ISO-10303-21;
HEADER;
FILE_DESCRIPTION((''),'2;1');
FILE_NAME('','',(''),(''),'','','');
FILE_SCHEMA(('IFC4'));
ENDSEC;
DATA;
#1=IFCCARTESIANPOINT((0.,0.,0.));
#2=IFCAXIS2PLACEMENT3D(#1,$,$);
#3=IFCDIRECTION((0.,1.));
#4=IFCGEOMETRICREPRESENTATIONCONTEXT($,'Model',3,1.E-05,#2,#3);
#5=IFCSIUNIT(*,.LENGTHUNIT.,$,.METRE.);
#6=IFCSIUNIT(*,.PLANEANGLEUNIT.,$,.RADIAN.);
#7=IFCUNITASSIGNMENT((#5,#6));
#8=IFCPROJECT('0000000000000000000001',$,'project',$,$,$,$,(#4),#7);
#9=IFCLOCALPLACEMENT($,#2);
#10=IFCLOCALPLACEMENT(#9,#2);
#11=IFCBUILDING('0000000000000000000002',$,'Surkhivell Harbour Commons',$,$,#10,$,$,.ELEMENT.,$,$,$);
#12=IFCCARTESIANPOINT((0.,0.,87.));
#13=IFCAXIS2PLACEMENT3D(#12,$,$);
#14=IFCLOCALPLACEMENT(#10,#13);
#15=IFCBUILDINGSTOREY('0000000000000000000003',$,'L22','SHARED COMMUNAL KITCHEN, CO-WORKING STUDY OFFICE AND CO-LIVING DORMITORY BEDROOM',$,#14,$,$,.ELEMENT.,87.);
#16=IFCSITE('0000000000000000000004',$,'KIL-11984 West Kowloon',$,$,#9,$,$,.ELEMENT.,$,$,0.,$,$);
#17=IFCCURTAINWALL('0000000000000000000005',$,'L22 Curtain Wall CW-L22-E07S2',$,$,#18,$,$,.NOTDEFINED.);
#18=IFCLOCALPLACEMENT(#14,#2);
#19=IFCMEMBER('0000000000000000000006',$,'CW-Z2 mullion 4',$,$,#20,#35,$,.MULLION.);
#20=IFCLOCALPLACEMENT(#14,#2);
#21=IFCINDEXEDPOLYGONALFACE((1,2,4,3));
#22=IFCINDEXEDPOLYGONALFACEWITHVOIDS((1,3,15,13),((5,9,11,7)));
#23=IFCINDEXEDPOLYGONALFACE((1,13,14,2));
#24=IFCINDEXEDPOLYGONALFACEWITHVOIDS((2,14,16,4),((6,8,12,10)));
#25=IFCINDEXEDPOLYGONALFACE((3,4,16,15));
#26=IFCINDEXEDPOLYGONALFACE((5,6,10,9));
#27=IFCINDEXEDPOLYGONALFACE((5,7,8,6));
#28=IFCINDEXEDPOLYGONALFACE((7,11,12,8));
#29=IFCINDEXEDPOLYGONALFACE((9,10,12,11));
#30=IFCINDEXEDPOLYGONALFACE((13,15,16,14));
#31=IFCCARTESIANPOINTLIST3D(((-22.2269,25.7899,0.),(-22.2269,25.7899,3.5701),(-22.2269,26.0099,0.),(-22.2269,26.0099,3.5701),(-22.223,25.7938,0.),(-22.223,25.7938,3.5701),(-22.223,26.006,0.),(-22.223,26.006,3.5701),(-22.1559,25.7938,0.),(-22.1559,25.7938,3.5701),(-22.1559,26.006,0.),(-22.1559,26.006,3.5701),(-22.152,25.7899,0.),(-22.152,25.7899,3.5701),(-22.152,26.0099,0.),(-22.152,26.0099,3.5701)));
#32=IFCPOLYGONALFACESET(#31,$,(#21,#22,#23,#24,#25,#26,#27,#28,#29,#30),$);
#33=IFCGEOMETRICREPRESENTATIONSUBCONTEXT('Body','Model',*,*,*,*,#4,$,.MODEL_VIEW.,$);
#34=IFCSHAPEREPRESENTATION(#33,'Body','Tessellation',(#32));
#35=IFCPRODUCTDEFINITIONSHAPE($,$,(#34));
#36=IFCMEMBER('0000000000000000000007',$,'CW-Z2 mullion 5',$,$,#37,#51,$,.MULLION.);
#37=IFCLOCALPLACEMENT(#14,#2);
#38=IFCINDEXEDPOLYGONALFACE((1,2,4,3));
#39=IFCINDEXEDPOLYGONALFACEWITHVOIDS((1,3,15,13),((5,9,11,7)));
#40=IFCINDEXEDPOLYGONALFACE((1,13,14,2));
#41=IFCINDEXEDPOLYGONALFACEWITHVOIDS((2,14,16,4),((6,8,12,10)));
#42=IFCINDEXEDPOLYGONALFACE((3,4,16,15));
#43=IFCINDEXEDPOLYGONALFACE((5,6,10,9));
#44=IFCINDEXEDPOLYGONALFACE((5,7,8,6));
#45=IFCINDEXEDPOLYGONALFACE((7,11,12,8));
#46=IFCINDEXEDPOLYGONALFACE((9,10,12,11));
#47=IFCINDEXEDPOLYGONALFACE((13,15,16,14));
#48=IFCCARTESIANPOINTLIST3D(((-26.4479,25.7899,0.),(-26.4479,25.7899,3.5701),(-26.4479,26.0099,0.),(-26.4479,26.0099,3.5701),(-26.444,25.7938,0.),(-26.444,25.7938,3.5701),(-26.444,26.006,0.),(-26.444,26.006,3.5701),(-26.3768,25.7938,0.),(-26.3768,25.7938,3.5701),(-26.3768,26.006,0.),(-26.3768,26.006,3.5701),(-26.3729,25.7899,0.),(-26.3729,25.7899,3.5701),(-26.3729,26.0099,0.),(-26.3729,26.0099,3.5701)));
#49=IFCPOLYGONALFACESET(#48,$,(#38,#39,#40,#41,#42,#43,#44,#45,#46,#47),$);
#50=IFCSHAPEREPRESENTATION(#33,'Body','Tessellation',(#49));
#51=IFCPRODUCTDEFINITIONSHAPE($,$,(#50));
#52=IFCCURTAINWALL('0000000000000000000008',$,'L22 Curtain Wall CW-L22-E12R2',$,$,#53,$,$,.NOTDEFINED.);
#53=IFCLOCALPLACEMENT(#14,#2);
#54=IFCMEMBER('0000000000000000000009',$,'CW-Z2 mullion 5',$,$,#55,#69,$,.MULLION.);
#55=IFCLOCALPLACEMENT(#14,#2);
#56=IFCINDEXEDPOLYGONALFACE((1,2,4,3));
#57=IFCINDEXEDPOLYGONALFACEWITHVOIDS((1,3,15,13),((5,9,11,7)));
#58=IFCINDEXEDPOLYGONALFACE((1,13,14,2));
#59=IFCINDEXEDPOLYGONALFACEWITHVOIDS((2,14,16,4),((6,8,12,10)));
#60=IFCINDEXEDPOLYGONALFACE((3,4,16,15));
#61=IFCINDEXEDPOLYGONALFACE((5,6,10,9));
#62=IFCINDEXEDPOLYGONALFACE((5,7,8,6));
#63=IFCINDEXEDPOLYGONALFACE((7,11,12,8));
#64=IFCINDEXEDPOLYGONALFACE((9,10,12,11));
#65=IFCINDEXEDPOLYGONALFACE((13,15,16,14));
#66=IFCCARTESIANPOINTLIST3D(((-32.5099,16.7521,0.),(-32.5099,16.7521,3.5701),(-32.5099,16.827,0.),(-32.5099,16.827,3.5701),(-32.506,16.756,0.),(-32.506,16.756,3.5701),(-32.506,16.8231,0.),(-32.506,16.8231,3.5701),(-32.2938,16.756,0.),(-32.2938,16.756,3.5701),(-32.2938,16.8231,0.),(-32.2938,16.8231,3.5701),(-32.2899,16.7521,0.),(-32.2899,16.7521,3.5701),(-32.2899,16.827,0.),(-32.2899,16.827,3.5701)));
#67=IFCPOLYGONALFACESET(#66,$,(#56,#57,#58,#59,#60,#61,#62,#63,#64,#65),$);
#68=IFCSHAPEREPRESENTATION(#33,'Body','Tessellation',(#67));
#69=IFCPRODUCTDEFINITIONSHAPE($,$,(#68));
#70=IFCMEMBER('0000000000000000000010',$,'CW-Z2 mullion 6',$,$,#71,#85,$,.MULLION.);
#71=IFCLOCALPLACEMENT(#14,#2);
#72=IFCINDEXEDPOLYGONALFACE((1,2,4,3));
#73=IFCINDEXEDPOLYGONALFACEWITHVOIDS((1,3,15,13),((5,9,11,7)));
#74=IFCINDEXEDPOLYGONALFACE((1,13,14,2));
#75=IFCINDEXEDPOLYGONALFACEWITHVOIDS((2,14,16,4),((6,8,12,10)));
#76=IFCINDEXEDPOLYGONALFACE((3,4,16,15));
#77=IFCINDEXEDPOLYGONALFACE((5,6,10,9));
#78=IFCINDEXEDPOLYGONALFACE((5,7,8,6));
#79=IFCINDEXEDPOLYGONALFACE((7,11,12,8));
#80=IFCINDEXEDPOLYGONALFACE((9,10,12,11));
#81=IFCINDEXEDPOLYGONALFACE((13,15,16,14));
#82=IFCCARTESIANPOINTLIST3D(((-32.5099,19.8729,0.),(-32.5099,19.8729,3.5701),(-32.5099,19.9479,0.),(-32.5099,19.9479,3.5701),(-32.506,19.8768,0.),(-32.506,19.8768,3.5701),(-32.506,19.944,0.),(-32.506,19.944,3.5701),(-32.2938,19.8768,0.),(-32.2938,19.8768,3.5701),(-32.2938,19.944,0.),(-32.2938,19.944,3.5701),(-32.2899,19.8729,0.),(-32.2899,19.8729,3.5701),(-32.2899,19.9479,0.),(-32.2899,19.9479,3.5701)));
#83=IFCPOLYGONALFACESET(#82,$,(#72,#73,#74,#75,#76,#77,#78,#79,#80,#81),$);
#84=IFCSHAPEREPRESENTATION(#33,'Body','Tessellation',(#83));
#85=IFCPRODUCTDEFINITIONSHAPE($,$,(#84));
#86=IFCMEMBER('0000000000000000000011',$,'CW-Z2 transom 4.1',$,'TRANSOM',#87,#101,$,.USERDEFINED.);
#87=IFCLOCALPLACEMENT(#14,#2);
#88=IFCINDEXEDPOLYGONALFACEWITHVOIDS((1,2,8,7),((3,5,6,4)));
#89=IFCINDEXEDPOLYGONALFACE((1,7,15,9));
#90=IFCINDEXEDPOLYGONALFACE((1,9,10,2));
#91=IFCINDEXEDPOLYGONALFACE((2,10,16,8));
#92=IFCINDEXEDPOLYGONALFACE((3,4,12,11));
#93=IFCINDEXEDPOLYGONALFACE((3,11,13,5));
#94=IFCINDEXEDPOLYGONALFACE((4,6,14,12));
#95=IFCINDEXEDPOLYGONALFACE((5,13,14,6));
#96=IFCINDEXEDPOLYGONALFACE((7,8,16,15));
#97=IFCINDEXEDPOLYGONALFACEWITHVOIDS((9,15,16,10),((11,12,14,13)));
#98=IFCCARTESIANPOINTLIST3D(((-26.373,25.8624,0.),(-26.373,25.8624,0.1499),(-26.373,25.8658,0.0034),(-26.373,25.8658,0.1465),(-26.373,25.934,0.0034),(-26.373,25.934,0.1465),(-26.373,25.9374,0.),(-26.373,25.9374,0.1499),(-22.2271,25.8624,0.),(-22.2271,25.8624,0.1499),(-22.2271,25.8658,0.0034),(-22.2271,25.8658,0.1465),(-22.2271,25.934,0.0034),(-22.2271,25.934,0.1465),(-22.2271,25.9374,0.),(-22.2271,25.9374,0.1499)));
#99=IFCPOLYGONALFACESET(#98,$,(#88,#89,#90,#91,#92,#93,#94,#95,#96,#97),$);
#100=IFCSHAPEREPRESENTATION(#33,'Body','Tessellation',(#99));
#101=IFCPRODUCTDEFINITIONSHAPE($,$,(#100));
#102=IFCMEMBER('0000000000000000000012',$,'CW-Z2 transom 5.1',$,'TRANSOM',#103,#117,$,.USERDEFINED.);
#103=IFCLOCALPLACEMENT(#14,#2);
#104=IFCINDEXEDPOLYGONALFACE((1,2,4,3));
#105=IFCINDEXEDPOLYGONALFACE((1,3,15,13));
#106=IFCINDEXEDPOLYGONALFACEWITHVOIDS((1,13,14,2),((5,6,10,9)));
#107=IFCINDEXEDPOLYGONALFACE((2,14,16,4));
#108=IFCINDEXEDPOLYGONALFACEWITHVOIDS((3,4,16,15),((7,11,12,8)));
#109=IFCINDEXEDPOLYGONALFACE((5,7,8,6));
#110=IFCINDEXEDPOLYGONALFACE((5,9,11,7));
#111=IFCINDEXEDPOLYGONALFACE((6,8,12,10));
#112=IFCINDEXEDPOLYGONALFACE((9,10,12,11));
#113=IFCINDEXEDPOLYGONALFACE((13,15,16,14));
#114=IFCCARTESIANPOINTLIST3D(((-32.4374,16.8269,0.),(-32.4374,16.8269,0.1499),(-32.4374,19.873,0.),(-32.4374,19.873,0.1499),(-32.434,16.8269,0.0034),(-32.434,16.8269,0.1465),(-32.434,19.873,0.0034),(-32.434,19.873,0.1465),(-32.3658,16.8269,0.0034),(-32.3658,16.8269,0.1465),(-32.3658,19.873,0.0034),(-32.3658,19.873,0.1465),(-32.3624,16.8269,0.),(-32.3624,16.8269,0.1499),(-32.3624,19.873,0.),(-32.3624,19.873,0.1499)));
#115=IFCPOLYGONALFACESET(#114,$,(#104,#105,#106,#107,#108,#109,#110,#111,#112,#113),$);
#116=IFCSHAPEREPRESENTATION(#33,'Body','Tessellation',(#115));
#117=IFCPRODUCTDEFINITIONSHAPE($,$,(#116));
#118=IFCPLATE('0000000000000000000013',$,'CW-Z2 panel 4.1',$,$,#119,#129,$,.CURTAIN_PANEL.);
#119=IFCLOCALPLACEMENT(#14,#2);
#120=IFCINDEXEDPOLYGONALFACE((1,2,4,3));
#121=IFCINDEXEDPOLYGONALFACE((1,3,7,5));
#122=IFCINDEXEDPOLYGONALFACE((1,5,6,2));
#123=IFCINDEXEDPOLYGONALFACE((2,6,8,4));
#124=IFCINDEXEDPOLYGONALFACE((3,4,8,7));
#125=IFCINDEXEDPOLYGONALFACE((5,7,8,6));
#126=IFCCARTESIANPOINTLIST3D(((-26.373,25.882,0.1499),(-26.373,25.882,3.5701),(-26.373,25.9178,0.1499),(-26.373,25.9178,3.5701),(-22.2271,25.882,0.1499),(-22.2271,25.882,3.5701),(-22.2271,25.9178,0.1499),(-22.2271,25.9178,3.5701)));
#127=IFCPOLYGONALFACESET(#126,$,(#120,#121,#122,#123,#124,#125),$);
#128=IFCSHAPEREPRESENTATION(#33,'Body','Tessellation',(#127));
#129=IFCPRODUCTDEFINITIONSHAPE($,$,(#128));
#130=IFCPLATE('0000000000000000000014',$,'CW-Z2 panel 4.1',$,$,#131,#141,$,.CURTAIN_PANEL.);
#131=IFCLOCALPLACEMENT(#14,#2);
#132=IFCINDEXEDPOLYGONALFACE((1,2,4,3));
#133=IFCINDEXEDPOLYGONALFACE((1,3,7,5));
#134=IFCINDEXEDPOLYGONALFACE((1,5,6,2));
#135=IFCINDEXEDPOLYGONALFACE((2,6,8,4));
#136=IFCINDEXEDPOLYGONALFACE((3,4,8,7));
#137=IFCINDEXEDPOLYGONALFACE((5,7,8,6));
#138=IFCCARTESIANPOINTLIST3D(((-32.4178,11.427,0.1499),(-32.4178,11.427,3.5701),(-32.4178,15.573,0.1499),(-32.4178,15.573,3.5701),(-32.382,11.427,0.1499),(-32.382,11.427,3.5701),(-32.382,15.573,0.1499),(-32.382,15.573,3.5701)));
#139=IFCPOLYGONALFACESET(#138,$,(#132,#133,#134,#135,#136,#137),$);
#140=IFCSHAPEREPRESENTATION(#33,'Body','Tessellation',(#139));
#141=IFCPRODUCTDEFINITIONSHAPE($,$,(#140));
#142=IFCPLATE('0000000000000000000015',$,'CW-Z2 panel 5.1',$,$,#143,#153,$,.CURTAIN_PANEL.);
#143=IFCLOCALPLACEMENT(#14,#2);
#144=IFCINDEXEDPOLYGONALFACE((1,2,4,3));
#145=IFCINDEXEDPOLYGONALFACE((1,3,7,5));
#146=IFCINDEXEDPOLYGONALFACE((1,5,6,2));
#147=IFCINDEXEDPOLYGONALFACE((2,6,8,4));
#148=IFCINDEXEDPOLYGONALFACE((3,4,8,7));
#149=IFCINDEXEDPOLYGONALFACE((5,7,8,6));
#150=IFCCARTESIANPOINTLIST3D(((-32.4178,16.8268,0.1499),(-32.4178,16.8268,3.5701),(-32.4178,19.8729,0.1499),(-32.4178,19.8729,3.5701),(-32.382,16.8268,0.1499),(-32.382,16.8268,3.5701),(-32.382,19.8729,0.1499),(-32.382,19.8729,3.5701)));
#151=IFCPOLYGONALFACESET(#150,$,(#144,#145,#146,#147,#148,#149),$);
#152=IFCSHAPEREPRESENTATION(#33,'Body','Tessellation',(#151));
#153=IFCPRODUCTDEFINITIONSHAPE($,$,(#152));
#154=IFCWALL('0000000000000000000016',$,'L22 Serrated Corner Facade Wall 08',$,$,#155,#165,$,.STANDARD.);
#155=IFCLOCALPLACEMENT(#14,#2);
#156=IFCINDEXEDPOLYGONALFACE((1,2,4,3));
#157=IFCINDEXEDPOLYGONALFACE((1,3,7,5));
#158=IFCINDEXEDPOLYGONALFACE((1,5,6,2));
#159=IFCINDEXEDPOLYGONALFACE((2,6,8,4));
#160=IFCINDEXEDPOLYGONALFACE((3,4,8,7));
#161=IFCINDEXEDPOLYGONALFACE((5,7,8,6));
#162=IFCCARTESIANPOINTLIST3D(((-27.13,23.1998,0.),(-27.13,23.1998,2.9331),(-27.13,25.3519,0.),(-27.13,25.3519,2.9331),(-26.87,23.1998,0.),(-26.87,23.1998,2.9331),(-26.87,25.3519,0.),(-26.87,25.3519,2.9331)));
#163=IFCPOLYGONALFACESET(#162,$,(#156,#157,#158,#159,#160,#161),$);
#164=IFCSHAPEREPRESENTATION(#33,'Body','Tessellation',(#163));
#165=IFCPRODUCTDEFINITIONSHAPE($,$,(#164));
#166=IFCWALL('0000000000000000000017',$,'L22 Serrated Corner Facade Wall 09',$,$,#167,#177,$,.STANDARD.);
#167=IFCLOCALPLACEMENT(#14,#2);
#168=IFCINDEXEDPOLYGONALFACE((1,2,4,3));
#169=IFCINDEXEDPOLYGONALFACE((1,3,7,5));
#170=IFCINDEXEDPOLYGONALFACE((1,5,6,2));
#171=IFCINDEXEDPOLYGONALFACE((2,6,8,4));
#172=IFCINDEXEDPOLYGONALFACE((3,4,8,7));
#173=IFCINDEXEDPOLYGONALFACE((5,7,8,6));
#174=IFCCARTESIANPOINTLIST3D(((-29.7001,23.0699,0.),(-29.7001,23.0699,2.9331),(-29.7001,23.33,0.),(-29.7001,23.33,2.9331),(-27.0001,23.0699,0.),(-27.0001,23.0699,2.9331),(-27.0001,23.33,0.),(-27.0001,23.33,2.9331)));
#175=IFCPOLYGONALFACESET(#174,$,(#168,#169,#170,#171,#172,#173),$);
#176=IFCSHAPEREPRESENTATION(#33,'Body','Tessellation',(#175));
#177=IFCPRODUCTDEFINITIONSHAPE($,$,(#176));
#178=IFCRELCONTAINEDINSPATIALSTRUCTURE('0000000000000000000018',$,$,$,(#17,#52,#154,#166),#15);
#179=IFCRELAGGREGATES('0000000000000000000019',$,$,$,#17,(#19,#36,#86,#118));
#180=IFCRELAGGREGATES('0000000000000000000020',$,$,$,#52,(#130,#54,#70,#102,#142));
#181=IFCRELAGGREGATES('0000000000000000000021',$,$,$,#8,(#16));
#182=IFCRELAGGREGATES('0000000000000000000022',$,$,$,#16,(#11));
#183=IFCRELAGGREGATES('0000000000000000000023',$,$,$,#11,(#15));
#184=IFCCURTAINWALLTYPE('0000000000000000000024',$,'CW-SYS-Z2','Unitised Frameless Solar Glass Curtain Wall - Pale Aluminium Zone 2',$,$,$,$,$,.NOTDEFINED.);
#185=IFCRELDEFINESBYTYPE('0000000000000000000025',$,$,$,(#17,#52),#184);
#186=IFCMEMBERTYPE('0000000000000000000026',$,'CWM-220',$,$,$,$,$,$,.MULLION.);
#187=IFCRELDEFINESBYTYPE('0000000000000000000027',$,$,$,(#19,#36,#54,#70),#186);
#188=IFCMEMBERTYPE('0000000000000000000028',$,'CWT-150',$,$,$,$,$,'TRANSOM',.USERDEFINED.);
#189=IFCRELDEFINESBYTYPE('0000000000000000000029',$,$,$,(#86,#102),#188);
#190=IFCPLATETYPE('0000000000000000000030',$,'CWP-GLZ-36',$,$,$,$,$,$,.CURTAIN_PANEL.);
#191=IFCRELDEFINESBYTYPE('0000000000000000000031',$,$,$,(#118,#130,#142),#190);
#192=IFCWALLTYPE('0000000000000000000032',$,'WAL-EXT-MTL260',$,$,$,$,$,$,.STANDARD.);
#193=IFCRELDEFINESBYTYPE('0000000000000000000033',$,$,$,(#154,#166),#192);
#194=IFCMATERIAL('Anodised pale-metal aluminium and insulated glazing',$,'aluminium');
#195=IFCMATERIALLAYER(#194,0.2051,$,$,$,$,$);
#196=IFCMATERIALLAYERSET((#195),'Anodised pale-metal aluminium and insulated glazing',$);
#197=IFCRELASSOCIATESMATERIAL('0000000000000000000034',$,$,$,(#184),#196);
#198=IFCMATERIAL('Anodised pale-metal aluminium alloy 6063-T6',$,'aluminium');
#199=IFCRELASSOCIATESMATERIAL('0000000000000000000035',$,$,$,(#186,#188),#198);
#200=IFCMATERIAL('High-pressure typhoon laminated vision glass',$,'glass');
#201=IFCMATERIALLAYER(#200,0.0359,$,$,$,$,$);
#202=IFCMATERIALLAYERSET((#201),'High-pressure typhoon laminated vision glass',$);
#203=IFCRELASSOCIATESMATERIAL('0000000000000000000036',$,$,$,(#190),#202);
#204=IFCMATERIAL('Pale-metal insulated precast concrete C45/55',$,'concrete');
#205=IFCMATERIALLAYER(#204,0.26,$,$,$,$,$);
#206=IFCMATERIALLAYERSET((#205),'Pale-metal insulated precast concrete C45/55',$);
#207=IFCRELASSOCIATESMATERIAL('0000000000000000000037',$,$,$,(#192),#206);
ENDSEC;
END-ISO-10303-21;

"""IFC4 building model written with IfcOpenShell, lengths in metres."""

from ifc_helpers import new_model, si_unit, direction, frame, frame_2d, origin, origin_2d, place, context, subcontext, project, spatial, rectangle, hollow_rectangle, extrude, material, layer, layer_set, material_profile, profile_set, type_object, element, aggregate, save


model = new_model("IFC4")

# Units and contexts
model_context = context("Model", 3, precision=1e-05, world=origin(), true_north=direction((0.0, 1.0)))
body_context = subcontext(model_context, "Body", "Model", "MODEL_VIEW")
ifc_project = project(units=[si_unit("LENGTHUNIT", "METRE"), si_unit("PLANEANGLEUNIT", "RADIAN")], contexts=[model_context])

# Site, building, storey
site_placement = place(None, origin())
site = spatial("IfcSite", under=ifc_project, at=site_placement, Name="KIL-11984 West Kowloon", CompositionType="ELEMENT", RefElevation=0.0)
building_placement = place(site_placement, origin())
building = spatial("IfcBuilding", under=site, at=building_placement, Name="Surkhivell Harbour Commons", CompositionType="ELEMENT")
storey_placement = place(building_placement, frame((0.0, 0.0, 87.0)))
storey = spatial("IfcBuildingStorey", under=building, at=storey_placement, Name="L22", Description="SHARED COMMUNAL KITCHEN, CO-WORKING STUDY OFFICE AND CO-LIVING DORMITORY BEDROOM", CompositionType="ELEMENT", Elevation=87.0)

# Curtain walls, members
ifc_material_1 = material(Name="Anodised pale-metal aluminium and insulated glazing", Category="aluminium")
ifc_layer_1 = layer(ifc_material_1, 0.2051)
ifc_layer_set_1 = layer_set([ifc_layer_1], Name="Anodised pale-metal aluminium and insulated glazing")
curtain_wall_type = type_object("IfcCurtainWallType", Name="CW-SYS-Z2", Description="Unitised Frameless Solar Glass Curtain Wall - Pale Aluminium Zone 2", PredefinedType="NOTDEFINED", material=ifc_layer_set_1)
curtain_wall_1_placement = place(storey_placement, origin())
curtain_wall_1 = element("IfcCurtainWall", 1, at=curtain_wall_1_placement, inside=storey, type_object=curtain_wall_type, Name="L22 Curtain Wall CW-L22-E07S2", PredefinedType="NOTDEFINED")
ifc_material_2 = material(Name="Anodised pale-metal aluminium alloy 6063-T6", Category="aluminium")
ifc_material_profile_1 = material_profile(ifc_material_2, hollow_rectangle(XDim=0.075, YDim=0.22, WallThickness=0.0039, at=origin_2d()), Name="ALU-MULL-75x220")
ifc_profile_set_1 = profile_set([ifc_material_profile_1], Name="Anodised pale-metal aluminium alloy 6063-T6")
member_type_1 = type_object("IfcMemberType", Name="CWM-220", PredefinedType="MULLION", material=ifc_profile_set_1)
member_1_placement = place(storey_placement, frame((-22.1895, 25.8999, 0.0), z_axis=(0.0, 0.0, 1.0), x_axis=(-1.0, 0.0, 0.0)))
member_1 = element("IfcMember", 2, at=member_1_placement, type_object=member_type_1, Name="CW-Z2 mullion 4", PredefinedType="MULLION", context=body_context, shape_type="SweptSolid", body=[
    extrude(hollow_rectangle(XDim=0.075, YDim=0.22, WallThickness=0.0039, at=origin_2d()), origin(), (0.0, 0.0, 1.0), 3.5701),
])
member_2_placement = place(storey_placement, frame((-26.4104, 25.8999, 0.0), z_axis=(0.0, 0.0, 1.0), x_axis=(-1.0, 0.0, 0.0)))
member_2 = element("IfcMember", 3, at=member_2_placement, type_object=member_type_1, Name="CW-Z2 mullion 5", PredefinedType="MULLION", context=body_context, shape_type="SweptSolid", body=[
    extrude(hollow_rectangle(XDim=0.075, YDim=0.22, WallThickness=0.0039, at=origin_2d()), origin(), (0.0, 0.0, 1.0), 3.5701),
])
curtain_wall_2_placement = place(storey_placement, origin())
curtain_wall_2 = element("IfcCurtainWall", 4, at=curtain_wall_2_placement, inside=storey, type_object=curtain_wall_type, Name="L22 Curtain Wall CW-L22-E12R2", PredefinedType="NOTDEFINED")
member_3_placement = place(storey_placement, frame((-32.3999, 16.7896, 0.0), z_axis=(0.0, 0.0, 1.0), x_axis=(0.0, 1.0, 0.0)))
member_3 = element("IfcMember", 5, at=member_3_placement, type_object=member_type_1, Name="CW-Z2 mullion 5", PredefinedType="MULLION", context=body_context, shape_type="SweptSolid", body=[
    extrude(hollow_rectangle(XDim=0.075, YDim=0.22, WallThickness=0.0039, at=origin_2d()), origin(), (0.0, 0.0, 1.0), 3.5701),
])
member_4_placement = place(storey_placement, frame((-32.3999, 19.9104, 0.0), z_axis=(0.0, 0.0, 1.0), x_axis=(0.0, 1.0, 0.0)))
member_4 = element("IfcMember", 6, at=member_4_placement, type_object=member_type_1, Name="CW-Z2 mullion 6", PredefinedType="MULLION", context=body_context, shape_type="SweptSolid", body=[
    extrude(hollow_rectangle(XDim=0.075, YDim=0.22, WallThickness=0.0039, at=origin_2d()), origin(), (0.0, 0.0, 1.0), 3.5701),
])

# Members
ifc_material_profile_2 = material_profile(ifc_material_2, hollow_rectangle(XDim=0.075, YDim=0.1499, WallThickness=0.0034, at=origin_2d()), Name="ALU-TRAN-75x150")
ifc_profile_set_2 = profile_set([ifc_material_profile_2], Name="Anodised pale-metal aluminium alloy 6063-T6")
member_type_2 = type_object("IfcMemberType", Name="CWT-150", ElementType="TRANSOM", PredefinedType="USERDEFINED", material=ifc_profile_set_2)
member_5_placement = place(storey_placement, frame((-22.2271, 25.8999, 0.075), z_axis=(-1.0, 0.0, 0.0), x_axis=(0.0, -1.0, 0.0)))
member_5 = element("IfcMember", 7, at=member_5_placement, type_object=member_type_2, Name="CW-Z2 transom 4.1", ObjectType="TRANSOM", PredefinedType="USERDEFINED", context=body_context, shape_type="SweptSolid", body=[
    extrude(hollow_rectangle(XDim=0.075, YDim=0.1499, WallThickness=0.0034, at=origin_2d()), origin(), (0.0, 0.0, 1.0), 4.146),
])
member_6_placement = place(storey_placement, frame((-32.3999, 16.8269, 0.075), z_axis=(0.0, 1.0, 0.0), x_axis=(-1.0, 0.0, 0.0)))
member_6 = element("IfcMember", 8, at=member_6_placement, type_object=member_type_2, Name="CW-Z2 transom 5.1", ObjectType="TRANSOM", PredefinedType="USERDEFINED", context=body_context, shape_type="SweptSolid", body=[
    extrude(hollow_rectangle(XDim=0.075, YDim=0.1499, WallThickness=0.0034, at=origin_2d()), origin(), (0.0, 0.0, 1.0), 3.0461),
])

# Plates
ifc_material_3 = material(Name="High-pressure typhoon laminated vision glass", Category="glass")
ifc_layer_2 = layer(ifc_material_3, 0.0359)
ifc_layer_set_2 = layer_set([ifc_layer_2], Name="High-pressure typhoon laminated vision glass")
plate_type = type_object("IfcPlateType", Name="CWP-GLZ-36", PredefinedType="CURTAIN_PANEL", material=ifc_layer_set_2)
plate_1_placement = place(storey_placement, frame((-22.2271, 25.8999, 0.1499), z_axis=(0.0, 0.0, 1.0), x_axis=(-1.0, 0.0, 0.0)))
plate_1 = element("IfcPlate", 9, at=plate_1_placement, type_object=plate_type, Name="CW-Z2 panel 4.1", PredefinedType="CURTAIN_PANEL", context=body_context, shape_type="SweptSolid", body=[
    extrude(rectangle(XDim=4.146, YDim=0.0359, at=frame_2d((2.073, 0.0))), origin(), (0.0, 0.0, 1.0), 3.4202),
])
aggregate(curtain_wall_1, [member_1, member_2, member_5, plate_1])
plate_2_placement = place(storey_placement, frame((-32.3999, 11.427, 0.1499), z_axis=(0.0, 0.0, 1.0), x_axis=(0.0, 1.0, 0.0)))
plate_2 = element("IfcPlate", 10, at=plate_2_placement, type_object=plate_type, Name="CW-Z2 panel 4.1", PredefinedType="CURTAIN_PANEL", context=body_context, shape_type="SweptSolid", body=[
    extrude(rectangle(XDim=4.146, YDim=0.0359, at=frame_2d((2.073, 0.0))), origin(), (0.0, 0.0, 1.0), 3.4202),
])
plate_3_placement = place(storey_placement, frame((-32.3999, 16.8269, 0.1499), z_axis=(0.0, 0.0, 1.0), x_axis=(0.0, 1.0, 0.0)))
plate_3 = element("IfcPlate", 11, at=plate_3_placement, type_object=plate_type, Name="CW-Z2 panel 5.1", PredefinedType="CURTAIN_PANEL", context=body_context, shape_type="SweptSolid", body=[
    extrude(rectangle(XDim=3.0461, YDim=0.0359, at=frame_2d((1.5229, 0.0))), origin(), (0.0, 0.0, 1.0), 3.4202),
])
aggregate(curtain_wall_2, [plate_2, member_3, member_4, member_6, plate_3])

# Walls
ifc_material_4 = material(Name="Pale-metal insulated precast concrete C45/55", Category="concrete")
ifc_layer_3 = layer(ifc_material_4, 0.26)
ifc_layer_set_3 = layer_set([ifc_layer_3], Name="Pale-metal insulated precast concrete C45/55")
wall_type = type_object("IfcWallType", Name="WAL-EXT-MTL260", PredefinedType="STANDARD", material=ifc_layer_set_3)
wall_1_placement = place(storey_placement, frame((-27.0, 25.3521, 0.0), z_axis=(0.0, 0.0, 1.0), x_axis=(0.0, -1.0, 0.0)))
element("IfcWall", 12, at=wall_1_placement, inside=storey, type_object=wall_type, Name="L22 Serrated Corner Facade Wall 08", PredefinedType="STANDARD", context=body_context, shape_type="SweptSolid", body=[
    extrude(rectangle(XDim=2.1521, YDim=0.26, at=frame_2d((1.0762, 0.0))), origin(), (0.0, 0.0, 1.0), 2.9331),
])
wall_2_placement = place(storey_placement, frame((-27.0, 23.2, 0.0), z_axis=(0.0, 0.0, 1.0), x_axis=(-1.0, 0.0, 0.0)))
element("IfcWall", 13, at=wall_2_placement, inside=storey, type_object=wall_type, Name="L22 Serrated Corner Facade Wall 09", PredefinedType="STANDARD", context=body_context, shape_type="SweptSolid", body=[
    extrude(rectangle(XDim=2.7, YDim=0.26, at=frame_2d((1.3501, 0.0))), origin(), (0.0, 0.0, 1.0), 2.9331),
])

save(model, "model.ifc")
